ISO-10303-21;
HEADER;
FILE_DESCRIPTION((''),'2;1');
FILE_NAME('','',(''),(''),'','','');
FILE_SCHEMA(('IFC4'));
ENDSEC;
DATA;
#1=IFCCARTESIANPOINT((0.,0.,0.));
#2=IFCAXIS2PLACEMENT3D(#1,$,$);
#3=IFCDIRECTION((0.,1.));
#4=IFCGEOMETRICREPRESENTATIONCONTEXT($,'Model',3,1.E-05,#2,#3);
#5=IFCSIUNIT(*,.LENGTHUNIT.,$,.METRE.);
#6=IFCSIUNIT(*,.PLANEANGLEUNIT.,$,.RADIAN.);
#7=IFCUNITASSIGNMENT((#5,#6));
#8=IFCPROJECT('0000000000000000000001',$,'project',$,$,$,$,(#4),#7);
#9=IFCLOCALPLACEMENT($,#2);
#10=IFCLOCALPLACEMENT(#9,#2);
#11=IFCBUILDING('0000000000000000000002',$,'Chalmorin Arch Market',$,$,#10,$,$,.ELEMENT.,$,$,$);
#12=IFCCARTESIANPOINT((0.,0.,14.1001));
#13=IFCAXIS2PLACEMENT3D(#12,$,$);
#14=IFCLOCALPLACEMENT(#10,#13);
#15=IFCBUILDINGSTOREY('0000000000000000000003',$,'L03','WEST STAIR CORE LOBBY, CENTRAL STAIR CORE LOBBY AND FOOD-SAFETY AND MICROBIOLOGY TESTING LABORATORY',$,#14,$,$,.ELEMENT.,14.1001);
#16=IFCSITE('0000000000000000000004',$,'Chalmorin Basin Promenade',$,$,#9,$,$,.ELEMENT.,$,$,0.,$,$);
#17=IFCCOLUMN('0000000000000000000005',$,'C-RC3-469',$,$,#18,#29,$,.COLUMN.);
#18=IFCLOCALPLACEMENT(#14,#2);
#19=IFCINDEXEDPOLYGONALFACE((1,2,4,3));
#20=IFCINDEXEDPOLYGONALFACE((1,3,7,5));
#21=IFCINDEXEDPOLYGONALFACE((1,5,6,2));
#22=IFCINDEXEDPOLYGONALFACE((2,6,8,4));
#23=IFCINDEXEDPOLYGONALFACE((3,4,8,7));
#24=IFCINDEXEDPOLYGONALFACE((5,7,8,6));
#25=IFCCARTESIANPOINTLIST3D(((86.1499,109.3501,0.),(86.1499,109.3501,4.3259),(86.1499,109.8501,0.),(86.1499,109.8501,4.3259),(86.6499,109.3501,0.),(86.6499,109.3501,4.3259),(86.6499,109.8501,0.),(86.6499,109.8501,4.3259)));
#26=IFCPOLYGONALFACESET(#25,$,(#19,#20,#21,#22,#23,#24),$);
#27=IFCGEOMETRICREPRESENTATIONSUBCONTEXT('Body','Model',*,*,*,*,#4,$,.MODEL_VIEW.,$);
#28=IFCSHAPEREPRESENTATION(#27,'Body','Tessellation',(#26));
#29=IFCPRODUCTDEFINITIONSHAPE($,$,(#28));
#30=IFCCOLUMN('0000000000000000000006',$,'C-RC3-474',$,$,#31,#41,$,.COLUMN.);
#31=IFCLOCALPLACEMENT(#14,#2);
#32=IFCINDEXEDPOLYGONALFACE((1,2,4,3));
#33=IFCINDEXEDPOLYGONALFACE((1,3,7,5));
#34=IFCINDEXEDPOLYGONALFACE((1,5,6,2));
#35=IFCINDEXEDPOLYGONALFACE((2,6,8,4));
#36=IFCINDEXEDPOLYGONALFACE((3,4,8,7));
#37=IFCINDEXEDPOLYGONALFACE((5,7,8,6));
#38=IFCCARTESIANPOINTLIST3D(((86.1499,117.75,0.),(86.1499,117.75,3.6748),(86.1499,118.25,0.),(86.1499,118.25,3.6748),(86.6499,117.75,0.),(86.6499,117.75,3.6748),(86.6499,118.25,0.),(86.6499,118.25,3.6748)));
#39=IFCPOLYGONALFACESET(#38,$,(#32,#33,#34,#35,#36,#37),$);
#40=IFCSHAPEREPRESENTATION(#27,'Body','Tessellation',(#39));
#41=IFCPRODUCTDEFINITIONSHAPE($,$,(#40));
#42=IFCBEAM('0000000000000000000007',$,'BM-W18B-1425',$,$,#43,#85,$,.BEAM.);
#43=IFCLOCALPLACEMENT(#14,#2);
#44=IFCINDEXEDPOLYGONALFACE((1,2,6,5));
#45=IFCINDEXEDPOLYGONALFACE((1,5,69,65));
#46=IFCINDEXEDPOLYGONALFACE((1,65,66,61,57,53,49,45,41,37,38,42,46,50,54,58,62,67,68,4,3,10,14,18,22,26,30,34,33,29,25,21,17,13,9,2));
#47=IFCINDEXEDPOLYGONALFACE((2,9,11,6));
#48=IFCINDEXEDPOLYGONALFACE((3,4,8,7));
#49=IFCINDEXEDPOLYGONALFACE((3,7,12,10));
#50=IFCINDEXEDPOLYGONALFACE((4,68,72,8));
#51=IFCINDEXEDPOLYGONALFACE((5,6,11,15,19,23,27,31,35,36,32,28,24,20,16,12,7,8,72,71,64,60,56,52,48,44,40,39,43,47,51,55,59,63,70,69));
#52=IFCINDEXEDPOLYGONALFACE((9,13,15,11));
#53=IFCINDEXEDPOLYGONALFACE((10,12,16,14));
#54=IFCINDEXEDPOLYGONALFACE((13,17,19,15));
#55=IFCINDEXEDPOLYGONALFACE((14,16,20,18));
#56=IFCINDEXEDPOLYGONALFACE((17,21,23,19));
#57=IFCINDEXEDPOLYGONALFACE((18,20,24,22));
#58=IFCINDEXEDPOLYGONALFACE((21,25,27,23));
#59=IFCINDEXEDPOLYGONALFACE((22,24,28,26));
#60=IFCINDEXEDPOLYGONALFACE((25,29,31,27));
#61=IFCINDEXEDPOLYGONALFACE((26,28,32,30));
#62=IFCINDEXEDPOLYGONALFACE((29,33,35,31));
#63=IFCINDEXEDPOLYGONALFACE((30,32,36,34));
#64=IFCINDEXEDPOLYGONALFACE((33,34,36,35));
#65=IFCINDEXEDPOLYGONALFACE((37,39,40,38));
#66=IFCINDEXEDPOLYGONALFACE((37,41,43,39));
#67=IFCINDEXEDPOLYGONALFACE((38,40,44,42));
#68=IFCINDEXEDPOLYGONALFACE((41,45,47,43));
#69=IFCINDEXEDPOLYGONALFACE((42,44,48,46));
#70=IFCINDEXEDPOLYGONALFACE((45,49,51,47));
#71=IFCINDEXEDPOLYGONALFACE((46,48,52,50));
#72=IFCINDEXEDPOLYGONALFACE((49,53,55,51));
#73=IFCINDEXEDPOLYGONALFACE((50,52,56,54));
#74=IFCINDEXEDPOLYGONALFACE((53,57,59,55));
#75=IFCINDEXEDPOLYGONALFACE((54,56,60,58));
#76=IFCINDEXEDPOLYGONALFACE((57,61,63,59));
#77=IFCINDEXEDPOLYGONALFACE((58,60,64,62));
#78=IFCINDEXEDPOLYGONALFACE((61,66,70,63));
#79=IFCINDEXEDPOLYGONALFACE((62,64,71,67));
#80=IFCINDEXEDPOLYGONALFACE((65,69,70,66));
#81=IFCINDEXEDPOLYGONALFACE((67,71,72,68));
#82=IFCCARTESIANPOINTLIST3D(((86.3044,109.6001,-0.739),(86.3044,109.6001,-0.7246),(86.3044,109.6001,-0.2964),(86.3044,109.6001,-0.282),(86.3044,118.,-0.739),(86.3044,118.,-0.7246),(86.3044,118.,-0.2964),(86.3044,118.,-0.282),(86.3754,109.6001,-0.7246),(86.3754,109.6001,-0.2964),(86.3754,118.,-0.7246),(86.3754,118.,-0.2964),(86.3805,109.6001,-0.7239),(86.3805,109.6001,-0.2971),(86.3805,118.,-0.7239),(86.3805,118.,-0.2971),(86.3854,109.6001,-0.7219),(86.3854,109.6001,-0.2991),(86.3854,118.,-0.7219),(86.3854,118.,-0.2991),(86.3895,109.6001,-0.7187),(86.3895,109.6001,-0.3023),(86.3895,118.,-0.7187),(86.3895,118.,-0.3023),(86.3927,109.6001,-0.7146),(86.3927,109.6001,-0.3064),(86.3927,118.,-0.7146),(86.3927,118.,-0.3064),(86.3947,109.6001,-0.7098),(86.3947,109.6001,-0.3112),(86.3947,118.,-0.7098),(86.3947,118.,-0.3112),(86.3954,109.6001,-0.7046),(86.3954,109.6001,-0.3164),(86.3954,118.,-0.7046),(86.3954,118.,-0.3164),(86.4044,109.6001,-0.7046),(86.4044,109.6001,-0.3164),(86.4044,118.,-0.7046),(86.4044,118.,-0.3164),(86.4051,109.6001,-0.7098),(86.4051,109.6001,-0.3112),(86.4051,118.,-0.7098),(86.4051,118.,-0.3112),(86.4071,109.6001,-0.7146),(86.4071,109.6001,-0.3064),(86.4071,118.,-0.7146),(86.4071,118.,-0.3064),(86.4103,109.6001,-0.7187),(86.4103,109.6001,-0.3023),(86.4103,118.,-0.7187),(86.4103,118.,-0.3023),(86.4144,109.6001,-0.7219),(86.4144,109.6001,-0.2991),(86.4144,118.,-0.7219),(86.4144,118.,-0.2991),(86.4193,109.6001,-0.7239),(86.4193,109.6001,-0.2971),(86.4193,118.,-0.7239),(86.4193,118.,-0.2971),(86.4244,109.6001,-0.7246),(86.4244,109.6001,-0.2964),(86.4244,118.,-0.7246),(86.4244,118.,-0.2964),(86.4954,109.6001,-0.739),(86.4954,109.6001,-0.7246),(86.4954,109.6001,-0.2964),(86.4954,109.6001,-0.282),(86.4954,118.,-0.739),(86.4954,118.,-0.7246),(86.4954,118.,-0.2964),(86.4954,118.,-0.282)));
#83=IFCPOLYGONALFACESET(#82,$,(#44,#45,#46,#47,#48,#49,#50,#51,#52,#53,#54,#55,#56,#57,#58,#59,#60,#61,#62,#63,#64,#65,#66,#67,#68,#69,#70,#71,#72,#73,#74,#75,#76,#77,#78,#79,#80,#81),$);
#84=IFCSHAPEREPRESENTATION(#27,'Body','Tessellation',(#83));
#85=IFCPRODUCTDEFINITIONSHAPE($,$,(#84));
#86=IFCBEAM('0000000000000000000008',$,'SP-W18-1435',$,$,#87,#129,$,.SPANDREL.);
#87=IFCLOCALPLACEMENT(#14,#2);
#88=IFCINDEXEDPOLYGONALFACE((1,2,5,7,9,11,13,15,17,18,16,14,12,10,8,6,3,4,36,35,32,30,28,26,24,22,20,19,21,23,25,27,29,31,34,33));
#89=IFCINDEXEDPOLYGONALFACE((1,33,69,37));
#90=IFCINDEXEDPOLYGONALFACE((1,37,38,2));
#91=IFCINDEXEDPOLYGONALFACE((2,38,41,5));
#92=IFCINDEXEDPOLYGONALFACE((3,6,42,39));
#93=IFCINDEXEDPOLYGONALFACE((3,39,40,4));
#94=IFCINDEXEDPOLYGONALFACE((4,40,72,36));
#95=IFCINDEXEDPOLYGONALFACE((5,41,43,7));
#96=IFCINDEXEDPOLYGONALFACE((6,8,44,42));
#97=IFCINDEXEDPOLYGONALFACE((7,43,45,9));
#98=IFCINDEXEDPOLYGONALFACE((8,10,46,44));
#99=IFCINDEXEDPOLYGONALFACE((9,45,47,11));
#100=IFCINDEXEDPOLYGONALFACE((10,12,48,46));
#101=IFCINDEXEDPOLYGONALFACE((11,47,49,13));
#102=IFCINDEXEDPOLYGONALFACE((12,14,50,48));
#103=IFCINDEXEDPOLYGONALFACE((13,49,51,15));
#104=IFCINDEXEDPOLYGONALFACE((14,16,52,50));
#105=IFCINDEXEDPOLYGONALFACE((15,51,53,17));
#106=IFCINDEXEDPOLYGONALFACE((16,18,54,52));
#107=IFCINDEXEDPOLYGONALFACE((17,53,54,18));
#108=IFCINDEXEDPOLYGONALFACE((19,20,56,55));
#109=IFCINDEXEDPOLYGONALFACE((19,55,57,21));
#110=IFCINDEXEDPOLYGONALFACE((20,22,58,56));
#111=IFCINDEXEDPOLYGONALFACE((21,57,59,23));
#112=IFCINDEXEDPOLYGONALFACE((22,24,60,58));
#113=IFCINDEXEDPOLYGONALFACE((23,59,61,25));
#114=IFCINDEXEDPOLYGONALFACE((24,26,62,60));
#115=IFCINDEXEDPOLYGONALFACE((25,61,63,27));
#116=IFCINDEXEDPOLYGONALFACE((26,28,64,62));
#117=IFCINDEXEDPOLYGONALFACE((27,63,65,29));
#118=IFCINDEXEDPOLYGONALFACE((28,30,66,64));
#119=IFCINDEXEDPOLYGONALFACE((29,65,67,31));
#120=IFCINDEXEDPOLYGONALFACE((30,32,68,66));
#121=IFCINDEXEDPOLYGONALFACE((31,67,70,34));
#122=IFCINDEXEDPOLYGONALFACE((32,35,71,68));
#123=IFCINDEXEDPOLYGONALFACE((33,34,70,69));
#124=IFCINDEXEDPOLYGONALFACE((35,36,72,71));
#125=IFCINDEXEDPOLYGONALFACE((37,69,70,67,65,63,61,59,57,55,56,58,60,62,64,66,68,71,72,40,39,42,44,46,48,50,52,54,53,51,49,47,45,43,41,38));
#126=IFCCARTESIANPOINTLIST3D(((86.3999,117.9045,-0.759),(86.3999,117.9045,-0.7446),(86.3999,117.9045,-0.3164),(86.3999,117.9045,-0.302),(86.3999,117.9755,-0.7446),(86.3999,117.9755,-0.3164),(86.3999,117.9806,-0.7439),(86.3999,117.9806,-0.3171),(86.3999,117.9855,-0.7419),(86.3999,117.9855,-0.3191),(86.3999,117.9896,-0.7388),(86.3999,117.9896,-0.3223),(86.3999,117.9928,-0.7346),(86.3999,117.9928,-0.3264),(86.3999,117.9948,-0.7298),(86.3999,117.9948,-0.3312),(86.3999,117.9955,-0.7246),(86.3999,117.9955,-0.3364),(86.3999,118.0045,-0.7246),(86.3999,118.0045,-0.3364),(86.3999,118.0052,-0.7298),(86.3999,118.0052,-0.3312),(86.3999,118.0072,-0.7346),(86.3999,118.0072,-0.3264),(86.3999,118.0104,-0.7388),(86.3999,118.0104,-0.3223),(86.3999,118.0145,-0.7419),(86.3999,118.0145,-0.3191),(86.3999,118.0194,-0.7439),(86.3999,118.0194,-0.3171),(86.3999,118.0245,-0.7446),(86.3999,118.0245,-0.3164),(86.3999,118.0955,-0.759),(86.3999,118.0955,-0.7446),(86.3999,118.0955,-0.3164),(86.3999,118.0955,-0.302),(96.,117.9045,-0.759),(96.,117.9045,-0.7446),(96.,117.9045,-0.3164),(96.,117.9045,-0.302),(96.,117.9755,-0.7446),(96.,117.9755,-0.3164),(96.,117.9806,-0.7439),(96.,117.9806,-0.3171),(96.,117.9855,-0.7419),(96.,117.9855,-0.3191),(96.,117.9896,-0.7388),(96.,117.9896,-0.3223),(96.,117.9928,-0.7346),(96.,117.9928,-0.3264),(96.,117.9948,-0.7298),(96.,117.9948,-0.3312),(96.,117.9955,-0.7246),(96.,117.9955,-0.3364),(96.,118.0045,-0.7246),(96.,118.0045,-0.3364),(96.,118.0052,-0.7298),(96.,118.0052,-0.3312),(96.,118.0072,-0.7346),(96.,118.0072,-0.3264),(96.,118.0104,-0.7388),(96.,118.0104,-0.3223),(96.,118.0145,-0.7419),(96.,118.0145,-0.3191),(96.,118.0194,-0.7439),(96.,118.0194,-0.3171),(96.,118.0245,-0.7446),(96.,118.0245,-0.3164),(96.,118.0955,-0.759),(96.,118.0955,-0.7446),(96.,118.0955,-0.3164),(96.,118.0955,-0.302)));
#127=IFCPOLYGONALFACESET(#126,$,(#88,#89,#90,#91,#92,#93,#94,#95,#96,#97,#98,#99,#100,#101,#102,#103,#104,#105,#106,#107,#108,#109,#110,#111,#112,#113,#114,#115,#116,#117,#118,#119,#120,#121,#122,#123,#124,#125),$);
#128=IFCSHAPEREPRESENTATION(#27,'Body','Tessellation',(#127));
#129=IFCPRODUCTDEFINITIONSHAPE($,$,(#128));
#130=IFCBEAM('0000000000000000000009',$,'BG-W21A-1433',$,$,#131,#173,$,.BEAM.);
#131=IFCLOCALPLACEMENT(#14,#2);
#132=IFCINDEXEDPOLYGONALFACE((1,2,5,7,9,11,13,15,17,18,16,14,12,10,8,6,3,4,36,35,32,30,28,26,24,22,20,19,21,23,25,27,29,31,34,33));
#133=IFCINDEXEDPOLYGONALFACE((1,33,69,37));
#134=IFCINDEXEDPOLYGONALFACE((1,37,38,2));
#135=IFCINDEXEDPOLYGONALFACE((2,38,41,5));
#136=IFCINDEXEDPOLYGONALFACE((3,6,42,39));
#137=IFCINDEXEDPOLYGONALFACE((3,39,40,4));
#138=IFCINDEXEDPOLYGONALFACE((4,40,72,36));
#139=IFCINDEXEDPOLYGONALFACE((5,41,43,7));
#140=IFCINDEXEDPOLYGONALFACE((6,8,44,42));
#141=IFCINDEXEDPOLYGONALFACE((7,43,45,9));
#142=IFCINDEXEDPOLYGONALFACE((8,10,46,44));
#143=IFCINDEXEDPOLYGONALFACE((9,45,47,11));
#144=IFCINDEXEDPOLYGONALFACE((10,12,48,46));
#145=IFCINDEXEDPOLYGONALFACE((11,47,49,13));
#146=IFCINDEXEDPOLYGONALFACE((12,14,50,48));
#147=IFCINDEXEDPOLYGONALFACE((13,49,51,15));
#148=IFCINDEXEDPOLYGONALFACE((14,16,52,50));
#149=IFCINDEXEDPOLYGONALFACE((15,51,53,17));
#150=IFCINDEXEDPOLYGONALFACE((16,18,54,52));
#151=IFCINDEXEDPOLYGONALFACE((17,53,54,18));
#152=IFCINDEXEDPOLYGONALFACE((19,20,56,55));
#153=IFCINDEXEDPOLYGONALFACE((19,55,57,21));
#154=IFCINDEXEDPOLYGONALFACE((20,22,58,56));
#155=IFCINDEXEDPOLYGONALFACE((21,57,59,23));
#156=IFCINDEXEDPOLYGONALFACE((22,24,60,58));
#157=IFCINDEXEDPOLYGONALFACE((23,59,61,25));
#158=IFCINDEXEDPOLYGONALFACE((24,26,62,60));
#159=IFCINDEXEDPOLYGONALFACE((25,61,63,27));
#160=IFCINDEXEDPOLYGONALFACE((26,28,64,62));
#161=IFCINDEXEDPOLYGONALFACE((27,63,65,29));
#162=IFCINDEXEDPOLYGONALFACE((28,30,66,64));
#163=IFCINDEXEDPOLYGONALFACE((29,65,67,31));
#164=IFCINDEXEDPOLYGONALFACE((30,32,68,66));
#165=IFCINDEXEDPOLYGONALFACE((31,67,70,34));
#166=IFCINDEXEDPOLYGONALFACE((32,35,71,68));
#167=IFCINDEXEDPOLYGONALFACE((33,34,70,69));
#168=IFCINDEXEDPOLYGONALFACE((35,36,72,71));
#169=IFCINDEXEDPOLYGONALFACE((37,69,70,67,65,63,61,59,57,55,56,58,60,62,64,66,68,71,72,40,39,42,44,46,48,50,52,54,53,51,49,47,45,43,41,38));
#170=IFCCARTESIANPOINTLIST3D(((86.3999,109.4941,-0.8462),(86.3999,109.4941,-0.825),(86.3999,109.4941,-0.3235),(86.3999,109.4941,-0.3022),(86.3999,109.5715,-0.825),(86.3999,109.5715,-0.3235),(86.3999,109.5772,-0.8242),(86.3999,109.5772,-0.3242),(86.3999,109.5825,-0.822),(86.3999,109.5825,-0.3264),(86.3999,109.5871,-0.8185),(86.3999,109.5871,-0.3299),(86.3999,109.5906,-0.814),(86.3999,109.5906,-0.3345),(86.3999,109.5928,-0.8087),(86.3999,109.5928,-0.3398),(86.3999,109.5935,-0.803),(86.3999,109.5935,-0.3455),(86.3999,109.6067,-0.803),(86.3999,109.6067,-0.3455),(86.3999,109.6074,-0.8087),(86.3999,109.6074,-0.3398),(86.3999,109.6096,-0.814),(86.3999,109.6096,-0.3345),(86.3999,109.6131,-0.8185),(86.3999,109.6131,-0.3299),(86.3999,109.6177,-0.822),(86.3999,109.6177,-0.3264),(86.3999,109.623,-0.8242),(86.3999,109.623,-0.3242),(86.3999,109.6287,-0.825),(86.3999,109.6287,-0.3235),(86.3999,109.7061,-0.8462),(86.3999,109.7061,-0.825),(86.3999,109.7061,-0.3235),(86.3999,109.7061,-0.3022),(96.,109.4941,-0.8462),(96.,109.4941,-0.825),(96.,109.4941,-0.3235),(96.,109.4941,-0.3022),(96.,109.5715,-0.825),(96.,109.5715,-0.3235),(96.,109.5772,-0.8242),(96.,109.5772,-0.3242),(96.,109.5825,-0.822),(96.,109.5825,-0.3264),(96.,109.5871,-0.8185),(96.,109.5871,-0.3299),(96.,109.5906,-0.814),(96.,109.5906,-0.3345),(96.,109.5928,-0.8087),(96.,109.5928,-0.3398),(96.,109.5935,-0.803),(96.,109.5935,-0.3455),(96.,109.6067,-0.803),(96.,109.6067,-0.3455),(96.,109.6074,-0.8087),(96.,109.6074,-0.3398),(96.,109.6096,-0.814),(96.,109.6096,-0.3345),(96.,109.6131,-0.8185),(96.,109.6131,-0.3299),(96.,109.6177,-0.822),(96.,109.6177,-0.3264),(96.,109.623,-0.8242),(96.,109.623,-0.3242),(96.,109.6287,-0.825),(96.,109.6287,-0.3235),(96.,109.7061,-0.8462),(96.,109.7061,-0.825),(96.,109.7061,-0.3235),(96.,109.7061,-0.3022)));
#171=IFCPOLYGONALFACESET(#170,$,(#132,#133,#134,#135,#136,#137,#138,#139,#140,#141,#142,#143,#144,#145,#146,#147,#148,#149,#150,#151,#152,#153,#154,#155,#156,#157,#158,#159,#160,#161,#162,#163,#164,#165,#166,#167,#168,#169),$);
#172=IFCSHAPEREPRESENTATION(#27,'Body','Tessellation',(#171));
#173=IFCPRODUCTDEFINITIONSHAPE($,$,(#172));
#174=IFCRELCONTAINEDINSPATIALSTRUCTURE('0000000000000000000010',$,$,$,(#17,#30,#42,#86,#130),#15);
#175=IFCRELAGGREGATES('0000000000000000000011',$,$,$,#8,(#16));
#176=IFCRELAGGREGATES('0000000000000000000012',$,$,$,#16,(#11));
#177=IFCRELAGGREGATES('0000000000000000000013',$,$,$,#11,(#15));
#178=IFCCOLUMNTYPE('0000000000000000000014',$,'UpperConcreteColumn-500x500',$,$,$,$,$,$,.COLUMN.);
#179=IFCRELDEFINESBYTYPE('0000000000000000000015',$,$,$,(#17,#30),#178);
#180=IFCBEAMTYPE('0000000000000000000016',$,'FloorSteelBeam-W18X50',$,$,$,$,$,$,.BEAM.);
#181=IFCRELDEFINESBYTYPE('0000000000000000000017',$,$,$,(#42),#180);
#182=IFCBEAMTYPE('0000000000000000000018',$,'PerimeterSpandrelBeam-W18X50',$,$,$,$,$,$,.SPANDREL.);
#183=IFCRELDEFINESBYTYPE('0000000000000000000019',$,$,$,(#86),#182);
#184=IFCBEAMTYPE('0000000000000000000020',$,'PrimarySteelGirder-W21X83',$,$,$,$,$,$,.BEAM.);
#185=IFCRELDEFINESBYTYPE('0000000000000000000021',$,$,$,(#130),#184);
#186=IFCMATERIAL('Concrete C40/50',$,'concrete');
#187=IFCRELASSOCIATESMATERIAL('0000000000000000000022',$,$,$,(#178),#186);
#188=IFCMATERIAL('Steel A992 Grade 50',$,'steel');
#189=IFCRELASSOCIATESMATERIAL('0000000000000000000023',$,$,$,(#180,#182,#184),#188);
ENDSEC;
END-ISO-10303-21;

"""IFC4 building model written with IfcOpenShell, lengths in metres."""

from ifc_helpers import new_model, si_unit, direction, frame, origin, origin_2d, place, context, subcontext, project, spatial, rectangle, i_section, extrude, material, material_profile, profile_set, type_object, element, save


model = new_model("IFC4")

# Units and contexts
model_context = context("Model", 3, precision=1e-05, world=origin(), true_north=direction((0.0, 1.0)))
body_context = subcontext(model_context, "Body", "Model", "MODEL_VIEW")
ifc_project = project(units=[si_unit("LENGTHUNIT", "METRE"), si_unit("PLANEANGLEUNIT", "RADIAN")], contexts=[model_context])

# Site, building, storey
site_placement = place(None, origin())
site = spatial("IfcSite", under=ifc_project, at=site_placement, Name="Chalmorin Basin Promenade", CompositionType="ELEMENT", RefElevation=0.0)
building_placement = place(site_placement, origin())
building = spatial("IfcBuilding", under=site, at=building_placement, Name="Chalmorin Arch Market", CompositionType="ELEMENT")
storey_placement = place(building_placement, frame((0.0, 0.0, 14.1001)))
storey = spatial("IfcBuildingStorey", under=building, at=storey_placement, Name="L03", Description="WEST STAIR CORE LOBBY, CENTRAL STAIR CORE LOBBY AND FOOD-SAFETY AND MICROBIOLOGY TESTING LABORATORY", CompositionType="ELEMENT", Elevation=14.1001)

# Columns
ifc_material_1 = material(Name="Concrete C40/50", Category="concrete")
ifc_material_profile_1 = material_profile(ifc_material_1, rectangle(XDim=0.5, YDim=0.5, at=origin_2d()), Name="RC500X500")
ifc_profile_set_1 = profile_set([ifc_material_profile_1], Name="Concrete C40/50")
column_type = type_object("IfcColumnType", Name="UpperConcreteColumn-500x500", PredefinedType="COLUMN", material=ifc_profile_set_1)
column_1_placement = place(storey_placement, frame((86.3999, 109.6001, 0.0), z_axis=(0.0, 0.0, 1.0), x_axis=(1.0, 0.0, 0.0)))
element("IfcColumn", 1, at=column_1_placement, inside=storey, type_object=column_type, Name="C-RC3-469", PredefinedType="COLUMN", context=body_context, shape_type="SweptSolid", body=[
    extrude(rectangle(XDim=0.5, YDim=0.5, at=origin_2d()), origin(), (0.0, 0.0, 1.0), 4.3259),
])
column_2_placement = place(storey_placement, frame((86.3999, 118.0, 0.0), z_axis=(0.0, 0.0, 1.0), x_axis=(1.0, 0.0, 0.0)))
element("IfcColumn", 2, at=column_2_placement, inside=storey, type_object=column_type, Name="C-RC3-474", PredefinedType="COLUMN", context=body_context, shape_type="SweptSolid", body=[
    extrude(rectangle(XDim=0.5, YDim=0.5, at=origin_2d()), origin(), (0.0, 0.0, 1.0), 3.6748),
])

# Beams
ifc_material_2 = material(Name="Steel A992 Grade 50", Category="steel")
ifc_material_profile_2 = material_profile(ifc_material_2, i_section(OverallWidth=0.1909, OverallDepth=0.457, WebThickness=0.009, FlangeThickness=0.0144, FilletRadius=0.02, at=origin_2d()), Name="W18X50")
ifc_profile_set_2 = profile_set([ifc_material_profile_2], Name="Steel A992 Grade 50")
beam_type_1 = type_object("IfcBeamType", Name="FloorSteelBeam-W18X50", PredefinedType="BEAM", material=ifc_profile_set_2)
beam_1_placement = place(storey_placement, frame((86.3999, 109.6001, -0.5105), z_axis=(0.0, 1.0, 0.0), x_axis=(-1.0, 0.0, 0.0)))
element("IfcBeam", 3, at=beam_1_placement, inside=storey, type_object=beam_type_1, Name="BM-W18B-1425", PredefinedType="BEAM", context=body_context, shape_type="SweptSolid", body=[
    extrude(i_section(OverallWidth=0.1909, OverallDepth=0.457, WebThickness=0.009, FlangeThickness=0.0144, FilletRadius=0.02, at=origin_2d()), origin(), (0.0, 0.0, 1.0), 8.3999),
])
ifc_material_profile_3 = material_profile(ifc_material_2, i_section(OverallWidth=0.1909, OverallDepth=0.457, WebThickness=0.009, FlangeThickness=0.0144, FilletRadius=0.02, at=origin_2d()), Name="W18X50")
ifc_profile_set_3 = profile_set([ifc_material_profile_3], Name="Steel A992 Grade 50")
beam_type_2 = type_object("IfcBeamType", Name="PerimeterSpandrelBeam-W18X50", PredefinedType="SPANDREL", material=ifc_profile_set_3)
beam_2_placement = place(storey_placement, frame((86.3999, 118.0, -0.5305), z_axis=(1.0, 0.0, 0.0), x_axis=(0.0, 1.0, 0.0)))
element("IfcBeam", 4, at=beam_2_placement, inside=storey, type_object=beam_type_2, Name="SP-W18-1435", PredefinedType="SPANDREL", context=body_context, shape_type="SweptSolid", body=[
    extrude(i_section(OverallWidth=0.1909, OverallDepth=0.457, WebThickness=0.009, FlangeThickness=0.0144, FilletRadius=0.02, at=origin_2d()), origin(), (0.0, 0.0, 1.0), 9.6001),
])
ifc_material_profile_4 = material_profile(ifc_material_2, i_section(OverallWidth=0.2119, OverallDepth=0.5439, WebThickness=0.0132, FlangeThickness=0.0212, FilletRadius=0.022, at=origin_2d()), Name="W21X83")
ifc_profile_set_4 = profile_set([ifc_material_profile_4], Name="Steel A992 Grade 50")
beam_type_3 = type_object("IfcBeamType", Name="PrimarySteelGirder-W21X83", PredefinedType="BEAM", material=ifc_profile_set_4)
beam_3_placement = place(storey_placement, frame((86.3999, 109.6001, -0.5742), z_axis=(1.0, 0.0, 0.0), x_axis=(0.0, 1.0, 0.0)))
element("IfcBeam", 5, at=beam_3_placement, inside=storey, type_object=beam_type_3, Name="BG-W21A-1433", PredefinedType="BEAM", context=body_context, shape_type="SweptSolid", body=[
    extrude(i_section(OverallWidth=0.2119, OverallDepth=0.5439, WebThickness=0.0132, FlangeThickness=0.0212, FilletRadius=0.022, at=origin_2d()), origin(), (0.0, 0.0, 1.0), 9.6001),
])

save(model, "model.ifc")
